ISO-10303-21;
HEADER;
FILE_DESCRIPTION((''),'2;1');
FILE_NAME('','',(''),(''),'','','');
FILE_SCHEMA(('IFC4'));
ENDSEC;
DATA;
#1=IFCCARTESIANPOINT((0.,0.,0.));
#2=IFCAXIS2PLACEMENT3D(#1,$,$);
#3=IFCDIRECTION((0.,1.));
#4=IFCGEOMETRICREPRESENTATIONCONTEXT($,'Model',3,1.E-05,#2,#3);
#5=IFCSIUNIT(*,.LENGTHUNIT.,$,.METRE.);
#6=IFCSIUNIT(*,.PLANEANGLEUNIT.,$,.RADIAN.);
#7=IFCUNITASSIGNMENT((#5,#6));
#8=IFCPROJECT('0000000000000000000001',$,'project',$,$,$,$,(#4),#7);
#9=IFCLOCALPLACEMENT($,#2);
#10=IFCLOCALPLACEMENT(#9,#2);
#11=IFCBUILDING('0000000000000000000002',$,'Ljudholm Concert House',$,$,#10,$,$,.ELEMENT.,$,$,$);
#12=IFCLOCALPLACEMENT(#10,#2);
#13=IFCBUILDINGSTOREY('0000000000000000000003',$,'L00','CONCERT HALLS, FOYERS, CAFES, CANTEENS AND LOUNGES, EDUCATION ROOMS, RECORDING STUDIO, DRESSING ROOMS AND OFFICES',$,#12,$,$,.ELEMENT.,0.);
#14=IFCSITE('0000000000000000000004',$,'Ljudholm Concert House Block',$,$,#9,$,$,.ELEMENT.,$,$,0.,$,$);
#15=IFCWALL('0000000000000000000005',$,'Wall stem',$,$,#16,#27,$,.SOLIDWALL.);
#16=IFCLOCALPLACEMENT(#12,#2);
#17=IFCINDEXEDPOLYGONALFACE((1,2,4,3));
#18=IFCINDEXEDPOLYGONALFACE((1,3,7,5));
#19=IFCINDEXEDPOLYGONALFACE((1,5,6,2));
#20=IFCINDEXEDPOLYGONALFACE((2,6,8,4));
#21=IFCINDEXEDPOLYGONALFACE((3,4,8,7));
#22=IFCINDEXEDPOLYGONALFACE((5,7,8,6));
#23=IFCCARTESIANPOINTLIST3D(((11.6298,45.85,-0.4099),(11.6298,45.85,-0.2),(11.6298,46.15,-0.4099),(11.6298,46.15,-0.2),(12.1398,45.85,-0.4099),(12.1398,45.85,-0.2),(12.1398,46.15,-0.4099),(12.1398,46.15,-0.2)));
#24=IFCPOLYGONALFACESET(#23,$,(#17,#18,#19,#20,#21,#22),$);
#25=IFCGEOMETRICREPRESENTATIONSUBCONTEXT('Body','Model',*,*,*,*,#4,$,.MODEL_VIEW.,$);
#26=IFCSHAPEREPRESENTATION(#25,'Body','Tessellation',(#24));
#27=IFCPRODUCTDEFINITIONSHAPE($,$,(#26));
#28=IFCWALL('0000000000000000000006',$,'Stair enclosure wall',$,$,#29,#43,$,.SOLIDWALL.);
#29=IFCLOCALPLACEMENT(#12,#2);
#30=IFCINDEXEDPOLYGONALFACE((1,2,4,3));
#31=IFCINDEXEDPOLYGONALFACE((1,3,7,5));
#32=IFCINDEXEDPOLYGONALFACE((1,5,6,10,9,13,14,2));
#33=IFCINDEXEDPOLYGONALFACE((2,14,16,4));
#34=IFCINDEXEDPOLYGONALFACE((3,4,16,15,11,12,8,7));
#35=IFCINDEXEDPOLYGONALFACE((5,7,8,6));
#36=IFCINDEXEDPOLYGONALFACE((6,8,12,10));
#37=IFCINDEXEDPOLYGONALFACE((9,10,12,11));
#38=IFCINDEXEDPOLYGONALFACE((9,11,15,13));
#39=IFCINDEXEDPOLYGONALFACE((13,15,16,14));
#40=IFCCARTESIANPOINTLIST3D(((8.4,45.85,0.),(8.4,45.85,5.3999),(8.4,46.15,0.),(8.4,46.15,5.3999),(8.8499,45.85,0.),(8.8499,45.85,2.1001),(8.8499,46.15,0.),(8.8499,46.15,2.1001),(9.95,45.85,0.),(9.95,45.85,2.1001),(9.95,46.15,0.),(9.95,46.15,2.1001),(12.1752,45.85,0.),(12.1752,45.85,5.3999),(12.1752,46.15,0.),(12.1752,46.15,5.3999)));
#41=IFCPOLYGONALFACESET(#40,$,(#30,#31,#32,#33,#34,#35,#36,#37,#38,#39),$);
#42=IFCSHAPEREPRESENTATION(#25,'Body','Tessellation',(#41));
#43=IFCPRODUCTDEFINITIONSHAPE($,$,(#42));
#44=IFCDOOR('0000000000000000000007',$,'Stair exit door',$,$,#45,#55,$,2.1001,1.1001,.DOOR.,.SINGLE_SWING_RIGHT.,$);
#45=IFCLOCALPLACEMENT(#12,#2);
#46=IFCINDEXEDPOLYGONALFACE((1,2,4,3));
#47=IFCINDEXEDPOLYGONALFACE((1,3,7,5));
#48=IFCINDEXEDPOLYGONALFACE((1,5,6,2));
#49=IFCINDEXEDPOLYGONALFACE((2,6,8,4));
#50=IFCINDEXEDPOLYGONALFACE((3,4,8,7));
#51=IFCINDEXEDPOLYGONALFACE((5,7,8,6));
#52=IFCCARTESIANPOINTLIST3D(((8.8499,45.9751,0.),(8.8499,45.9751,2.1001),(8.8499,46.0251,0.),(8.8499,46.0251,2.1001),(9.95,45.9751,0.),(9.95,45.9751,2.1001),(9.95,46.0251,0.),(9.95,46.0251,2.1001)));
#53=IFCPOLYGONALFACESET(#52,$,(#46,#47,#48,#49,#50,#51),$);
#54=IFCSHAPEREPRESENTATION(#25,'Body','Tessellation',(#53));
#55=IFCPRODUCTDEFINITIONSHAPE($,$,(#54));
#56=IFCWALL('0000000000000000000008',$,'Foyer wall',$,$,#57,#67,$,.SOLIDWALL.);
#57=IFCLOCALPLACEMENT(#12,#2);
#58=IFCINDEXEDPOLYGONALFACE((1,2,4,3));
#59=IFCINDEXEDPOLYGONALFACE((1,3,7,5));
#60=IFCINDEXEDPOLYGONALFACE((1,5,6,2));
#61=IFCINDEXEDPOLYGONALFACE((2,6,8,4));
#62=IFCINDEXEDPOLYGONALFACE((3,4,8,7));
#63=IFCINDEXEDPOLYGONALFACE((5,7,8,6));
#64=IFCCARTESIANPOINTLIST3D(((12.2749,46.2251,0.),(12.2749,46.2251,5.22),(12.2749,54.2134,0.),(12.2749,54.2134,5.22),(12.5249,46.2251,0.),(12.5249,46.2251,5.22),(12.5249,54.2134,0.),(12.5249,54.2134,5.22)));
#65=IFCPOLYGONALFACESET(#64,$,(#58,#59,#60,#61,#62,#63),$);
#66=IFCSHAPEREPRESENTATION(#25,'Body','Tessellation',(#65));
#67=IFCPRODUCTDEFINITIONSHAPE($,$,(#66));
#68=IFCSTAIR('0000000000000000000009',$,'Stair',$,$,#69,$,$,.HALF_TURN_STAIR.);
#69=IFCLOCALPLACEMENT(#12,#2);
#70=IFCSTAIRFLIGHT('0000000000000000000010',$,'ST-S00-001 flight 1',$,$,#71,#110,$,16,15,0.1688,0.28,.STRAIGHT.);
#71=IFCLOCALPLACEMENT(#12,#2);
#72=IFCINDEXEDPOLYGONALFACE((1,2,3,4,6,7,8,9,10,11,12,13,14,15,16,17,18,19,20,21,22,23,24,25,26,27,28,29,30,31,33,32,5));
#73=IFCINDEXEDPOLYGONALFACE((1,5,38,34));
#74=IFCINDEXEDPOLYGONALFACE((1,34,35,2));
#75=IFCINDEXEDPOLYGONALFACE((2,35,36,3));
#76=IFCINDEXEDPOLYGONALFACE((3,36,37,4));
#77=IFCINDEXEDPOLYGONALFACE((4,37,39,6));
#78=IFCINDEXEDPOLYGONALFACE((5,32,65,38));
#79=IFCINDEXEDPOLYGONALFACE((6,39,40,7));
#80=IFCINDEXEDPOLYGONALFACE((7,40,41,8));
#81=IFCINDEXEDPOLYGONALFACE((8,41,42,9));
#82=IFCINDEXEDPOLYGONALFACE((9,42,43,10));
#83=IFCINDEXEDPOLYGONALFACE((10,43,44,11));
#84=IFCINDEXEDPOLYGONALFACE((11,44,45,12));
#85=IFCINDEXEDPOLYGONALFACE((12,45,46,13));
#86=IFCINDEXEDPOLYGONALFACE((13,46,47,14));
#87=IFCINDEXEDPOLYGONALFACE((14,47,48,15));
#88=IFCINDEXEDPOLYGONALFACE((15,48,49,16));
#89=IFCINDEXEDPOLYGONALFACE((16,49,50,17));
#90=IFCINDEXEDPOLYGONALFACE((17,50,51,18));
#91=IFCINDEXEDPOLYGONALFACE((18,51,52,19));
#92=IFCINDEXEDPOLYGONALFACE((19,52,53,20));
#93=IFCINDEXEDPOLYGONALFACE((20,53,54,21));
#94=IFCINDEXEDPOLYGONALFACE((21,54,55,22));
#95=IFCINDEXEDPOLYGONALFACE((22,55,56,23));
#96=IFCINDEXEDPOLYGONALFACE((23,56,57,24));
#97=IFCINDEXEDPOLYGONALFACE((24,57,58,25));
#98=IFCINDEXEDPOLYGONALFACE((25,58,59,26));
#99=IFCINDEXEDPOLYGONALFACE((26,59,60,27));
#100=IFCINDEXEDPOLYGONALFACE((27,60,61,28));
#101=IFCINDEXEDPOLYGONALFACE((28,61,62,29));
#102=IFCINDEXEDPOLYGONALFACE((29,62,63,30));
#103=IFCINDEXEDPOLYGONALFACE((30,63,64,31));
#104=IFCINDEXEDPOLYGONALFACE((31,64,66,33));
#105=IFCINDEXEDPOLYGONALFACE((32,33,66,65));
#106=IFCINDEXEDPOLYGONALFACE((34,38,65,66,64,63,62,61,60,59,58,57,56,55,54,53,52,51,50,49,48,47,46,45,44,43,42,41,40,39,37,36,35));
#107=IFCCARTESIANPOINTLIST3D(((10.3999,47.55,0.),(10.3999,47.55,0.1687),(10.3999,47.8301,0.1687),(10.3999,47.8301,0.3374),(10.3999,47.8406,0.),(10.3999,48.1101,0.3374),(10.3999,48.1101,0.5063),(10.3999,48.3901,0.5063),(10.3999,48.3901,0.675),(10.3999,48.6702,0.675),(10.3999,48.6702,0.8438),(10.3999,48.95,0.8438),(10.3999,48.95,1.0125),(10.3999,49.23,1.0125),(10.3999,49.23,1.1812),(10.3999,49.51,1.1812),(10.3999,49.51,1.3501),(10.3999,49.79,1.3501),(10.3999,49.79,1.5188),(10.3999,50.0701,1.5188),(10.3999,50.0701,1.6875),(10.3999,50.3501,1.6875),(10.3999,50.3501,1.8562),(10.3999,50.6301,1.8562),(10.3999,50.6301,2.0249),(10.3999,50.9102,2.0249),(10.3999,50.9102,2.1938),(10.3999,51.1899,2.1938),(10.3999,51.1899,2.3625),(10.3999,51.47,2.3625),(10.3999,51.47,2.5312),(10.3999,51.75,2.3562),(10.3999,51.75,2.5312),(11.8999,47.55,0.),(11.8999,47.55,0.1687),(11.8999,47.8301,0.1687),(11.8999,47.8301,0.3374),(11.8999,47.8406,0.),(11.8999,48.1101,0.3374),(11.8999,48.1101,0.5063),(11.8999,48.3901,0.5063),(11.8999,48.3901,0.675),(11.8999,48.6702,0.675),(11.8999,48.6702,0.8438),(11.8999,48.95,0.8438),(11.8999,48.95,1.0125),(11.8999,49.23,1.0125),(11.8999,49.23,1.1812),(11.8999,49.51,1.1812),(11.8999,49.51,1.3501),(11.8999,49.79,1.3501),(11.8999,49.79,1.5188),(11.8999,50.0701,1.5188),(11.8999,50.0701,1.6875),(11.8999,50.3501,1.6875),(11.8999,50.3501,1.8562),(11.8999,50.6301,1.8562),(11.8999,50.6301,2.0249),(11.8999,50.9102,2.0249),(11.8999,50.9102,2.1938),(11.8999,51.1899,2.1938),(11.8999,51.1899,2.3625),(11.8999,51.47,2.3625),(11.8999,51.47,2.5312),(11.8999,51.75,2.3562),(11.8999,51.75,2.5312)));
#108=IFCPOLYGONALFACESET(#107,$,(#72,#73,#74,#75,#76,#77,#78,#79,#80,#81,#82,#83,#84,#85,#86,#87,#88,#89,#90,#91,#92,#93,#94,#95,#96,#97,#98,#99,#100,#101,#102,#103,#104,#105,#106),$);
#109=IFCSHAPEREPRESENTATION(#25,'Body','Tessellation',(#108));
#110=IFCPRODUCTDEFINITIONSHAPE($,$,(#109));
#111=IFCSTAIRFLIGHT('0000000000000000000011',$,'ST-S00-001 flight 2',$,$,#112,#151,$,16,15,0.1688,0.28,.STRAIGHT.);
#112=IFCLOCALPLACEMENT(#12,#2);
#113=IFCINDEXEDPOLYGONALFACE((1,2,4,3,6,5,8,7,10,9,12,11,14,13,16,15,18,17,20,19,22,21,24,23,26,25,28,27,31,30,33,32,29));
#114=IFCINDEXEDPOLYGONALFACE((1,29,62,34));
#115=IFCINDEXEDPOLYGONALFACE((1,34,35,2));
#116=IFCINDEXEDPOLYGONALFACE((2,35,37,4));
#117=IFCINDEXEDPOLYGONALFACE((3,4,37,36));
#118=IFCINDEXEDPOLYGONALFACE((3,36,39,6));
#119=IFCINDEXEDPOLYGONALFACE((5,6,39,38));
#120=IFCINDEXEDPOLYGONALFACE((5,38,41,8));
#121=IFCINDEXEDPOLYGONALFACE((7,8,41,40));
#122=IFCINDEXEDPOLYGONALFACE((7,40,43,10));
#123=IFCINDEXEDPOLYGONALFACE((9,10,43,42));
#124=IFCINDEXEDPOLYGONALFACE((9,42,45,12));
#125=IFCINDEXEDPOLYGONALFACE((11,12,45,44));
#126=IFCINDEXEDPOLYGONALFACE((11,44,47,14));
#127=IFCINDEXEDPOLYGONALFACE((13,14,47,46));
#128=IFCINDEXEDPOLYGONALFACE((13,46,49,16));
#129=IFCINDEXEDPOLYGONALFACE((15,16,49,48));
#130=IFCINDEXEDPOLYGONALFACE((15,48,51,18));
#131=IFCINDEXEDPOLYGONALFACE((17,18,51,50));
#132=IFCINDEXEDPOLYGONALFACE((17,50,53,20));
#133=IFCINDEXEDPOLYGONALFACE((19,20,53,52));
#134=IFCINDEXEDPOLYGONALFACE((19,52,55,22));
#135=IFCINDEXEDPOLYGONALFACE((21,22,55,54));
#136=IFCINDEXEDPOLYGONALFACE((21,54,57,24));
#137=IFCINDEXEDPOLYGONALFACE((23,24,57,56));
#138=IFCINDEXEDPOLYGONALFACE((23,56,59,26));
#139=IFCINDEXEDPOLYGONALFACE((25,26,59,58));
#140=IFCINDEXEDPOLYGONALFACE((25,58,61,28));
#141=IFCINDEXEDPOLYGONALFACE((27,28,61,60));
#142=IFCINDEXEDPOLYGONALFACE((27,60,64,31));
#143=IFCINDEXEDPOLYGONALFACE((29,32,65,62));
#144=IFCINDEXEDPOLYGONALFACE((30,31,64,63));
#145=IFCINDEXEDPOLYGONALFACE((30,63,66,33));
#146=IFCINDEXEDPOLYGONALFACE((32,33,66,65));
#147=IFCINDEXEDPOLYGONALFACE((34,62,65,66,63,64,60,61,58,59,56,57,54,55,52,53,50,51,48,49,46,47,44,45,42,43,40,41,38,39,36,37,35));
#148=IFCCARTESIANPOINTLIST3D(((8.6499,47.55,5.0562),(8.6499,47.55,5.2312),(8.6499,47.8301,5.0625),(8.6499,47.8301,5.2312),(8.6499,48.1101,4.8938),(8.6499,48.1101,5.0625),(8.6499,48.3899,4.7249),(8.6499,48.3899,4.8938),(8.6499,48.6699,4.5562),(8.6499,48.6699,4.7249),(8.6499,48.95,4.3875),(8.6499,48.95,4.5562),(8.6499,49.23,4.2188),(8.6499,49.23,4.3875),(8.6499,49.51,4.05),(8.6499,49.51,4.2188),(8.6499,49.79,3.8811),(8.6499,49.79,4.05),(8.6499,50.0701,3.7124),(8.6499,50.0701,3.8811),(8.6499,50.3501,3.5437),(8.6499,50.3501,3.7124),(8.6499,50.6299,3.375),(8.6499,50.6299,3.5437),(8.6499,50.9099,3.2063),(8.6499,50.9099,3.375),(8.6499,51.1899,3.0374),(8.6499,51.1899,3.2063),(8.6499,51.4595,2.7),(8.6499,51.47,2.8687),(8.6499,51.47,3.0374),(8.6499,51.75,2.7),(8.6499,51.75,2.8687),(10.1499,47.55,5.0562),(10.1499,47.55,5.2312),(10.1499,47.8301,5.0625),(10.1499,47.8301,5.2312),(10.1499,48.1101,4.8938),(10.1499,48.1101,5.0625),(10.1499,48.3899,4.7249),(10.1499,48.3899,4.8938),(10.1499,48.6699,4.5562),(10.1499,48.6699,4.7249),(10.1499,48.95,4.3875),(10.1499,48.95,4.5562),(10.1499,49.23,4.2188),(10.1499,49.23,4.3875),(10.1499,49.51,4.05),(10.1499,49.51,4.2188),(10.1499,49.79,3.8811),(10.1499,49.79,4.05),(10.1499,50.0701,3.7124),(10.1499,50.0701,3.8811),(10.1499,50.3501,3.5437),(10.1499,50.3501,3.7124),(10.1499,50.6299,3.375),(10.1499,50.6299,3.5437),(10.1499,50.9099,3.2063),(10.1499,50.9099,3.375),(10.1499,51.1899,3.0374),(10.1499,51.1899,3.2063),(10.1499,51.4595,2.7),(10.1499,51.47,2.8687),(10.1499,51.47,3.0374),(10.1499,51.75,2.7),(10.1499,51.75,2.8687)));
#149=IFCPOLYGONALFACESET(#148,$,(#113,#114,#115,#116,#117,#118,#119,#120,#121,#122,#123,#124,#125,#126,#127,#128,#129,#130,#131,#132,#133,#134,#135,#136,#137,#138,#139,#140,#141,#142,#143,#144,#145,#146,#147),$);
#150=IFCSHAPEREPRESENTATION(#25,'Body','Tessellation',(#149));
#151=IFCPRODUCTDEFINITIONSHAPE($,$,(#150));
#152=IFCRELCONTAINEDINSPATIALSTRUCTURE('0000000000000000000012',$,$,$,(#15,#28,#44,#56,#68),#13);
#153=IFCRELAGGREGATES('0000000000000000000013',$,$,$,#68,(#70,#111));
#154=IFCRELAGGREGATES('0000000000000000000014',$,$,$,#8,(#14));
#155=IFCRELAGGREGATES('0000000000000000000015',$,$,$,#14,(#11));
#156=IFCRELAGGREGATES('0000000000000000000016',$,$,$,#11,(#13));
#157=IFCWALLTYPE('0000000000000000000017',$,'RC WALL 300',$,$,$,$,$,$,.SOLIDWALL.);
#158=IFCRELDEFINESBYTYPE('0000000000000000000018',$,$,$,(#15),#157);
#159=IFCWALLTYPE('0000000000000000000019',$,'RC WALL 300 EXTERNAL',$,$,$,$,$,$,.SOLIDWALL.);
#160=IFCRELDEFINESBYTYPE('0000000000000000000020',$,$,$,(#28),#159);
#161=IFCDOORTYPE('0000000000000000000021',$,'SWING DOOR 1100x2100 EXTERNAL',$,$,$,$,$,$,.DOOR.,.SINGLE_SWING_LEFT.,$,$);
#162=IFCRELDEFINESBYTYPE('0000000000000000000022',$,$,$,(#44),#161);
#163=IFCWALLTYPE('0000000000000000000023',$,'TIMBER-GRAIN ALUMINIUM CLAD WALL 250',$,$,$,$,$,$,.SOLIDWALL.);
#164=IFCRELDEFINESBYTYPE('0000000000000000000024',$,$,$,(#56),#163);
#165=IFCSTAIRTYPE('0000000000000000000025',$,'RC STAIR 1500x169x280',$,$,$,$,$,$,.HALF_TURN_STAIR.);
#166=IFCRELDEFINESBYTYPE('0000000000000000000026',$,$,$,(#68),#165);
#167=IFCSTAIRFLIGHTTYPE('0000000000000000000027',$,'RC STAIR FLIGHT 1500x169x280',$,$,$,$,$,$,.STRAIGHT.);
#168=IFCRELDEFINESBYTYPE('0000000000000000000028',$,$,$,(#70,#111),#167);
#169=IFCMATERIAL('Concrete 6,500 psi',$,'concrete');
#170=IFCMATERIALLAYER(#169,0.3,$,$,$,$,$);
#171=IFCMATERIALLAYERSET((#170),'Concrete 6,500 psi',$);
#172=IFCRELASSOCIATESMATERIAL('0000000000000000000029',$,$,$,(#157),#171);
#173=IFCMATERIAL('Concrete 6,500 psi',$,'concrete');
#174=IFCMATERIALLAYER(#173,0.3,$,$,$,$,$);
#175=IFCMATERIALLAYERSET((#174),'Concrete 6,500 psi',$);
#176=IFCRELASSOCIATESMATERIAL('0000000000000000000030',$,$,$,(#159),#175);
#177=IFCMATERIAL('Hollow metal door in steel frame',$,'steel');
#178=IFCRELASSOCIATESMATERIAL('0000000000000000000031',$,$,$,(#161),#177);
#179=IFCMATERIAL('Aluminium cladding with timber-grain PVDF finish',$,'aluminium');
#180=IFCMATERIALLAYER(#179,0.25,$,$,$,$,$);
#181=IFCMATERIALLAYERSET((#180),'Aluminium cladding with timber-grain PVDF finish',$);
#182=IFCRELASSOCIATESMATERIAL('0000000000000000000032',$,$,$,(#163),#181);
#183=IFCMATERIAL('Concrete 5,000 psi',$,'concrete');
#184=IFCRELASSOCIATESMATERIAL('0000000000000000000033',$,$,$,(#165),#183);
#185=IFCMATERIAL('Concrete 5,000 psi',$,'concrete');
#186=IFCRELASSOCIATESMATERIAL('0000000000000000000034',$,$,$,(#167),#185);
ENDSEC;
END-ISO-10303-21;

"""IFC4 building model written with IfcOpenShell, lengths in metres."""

from ifc_helpers import new_model, si_unit, direction, frame, frame_2d, origin, place, context, subcontext, project, spatial, polyline, rectangle, outline, extrude, material, layer, layer_set, type_object, element, fill, aggregate, save


model = new_model("IFC4")

# Units and contexts
model_context = context("Model", 3, precision=1e-05, world=origin(), true_north=direction((0.0, 1.0)))
body_context = subcontext(model_context, "Body", "Model", "MODEL_VIEW")
ifc_project = project(units=[si_unit("LENGTHUNIT", "METRE"), si_unit("PLANEANGLEUNIT", "RADIAN")], contexts=[model_context])

# Site, building, storey
site_placement = place(None, origin())
site = spatial("IfcSite", under=ifc_project, at=site_placement, Name="Ljudholm Concert House Block", CompositionType="ELEMENT", RefElevation=0.0)
building_placement = place(site_placement, origin())
building = spatial("IfcBuilding", under=site, at=building_placement, Name="Ljudholm Concert House", CompositionType="ELEMENT")
storey_placement = place(building_placement, origin())
storey = spatial("IfcBuildingStorey", under=building, at=storey_placement, Name="L00", Description="CONCERT HALLS, FOYERS, CAFES, CANTEENS AND LOUNGES, EDUCATION ROOMS, RECORDING STUDIO, DRESSING ROOMS AND OFFICES", CompositionType="ELEMENT", Elevation=0.0)

# Wall
ifc_material_1 = material(Name="Concrete 6,500 psi", Category="concrete")
ifc_layer_1 = layer(ifc_material_1, 0.3)
ifc_layer_set_1 = layer_set([ifc_layer_1], Name="Concrete 6,500 psi")
wall_type_1 = type_object("IfcWallType", Name="RC WALL 300", PredefinedType="SOLIDWALL", material=ifc_layer_set_1)
wall_1_placement = place(storey_placement, frame((11.6299, 46.0, -0.4099), z_axis=(0.0, 0.0, 1.0), x_axis=(1.0, 0.0, 0.0)))
element("IfcWall", 1, at=wall_1_placement, inside=storey, type_object=wall_type_1, Name="Wall stem", PredefinedType="SOLIDWALL", context=body_context, shape_type="SweptSolid", body=[
    extrude(rectangle(XDim=0.51, YDim=0.3, at=frame_2d((0.2549, 0.0))), origin(), (0.0, 0.0, 1.0), 0.21),
])

# Wall, opening, door
ifc_material_2 = material(Name="Concrete 6,500 psi", Category="concrete")
ifc_layer_2 = layer(ifc_material_2, 0.3)
ifc_layer_set_2 = layer_set([ifc_layer_2], Name="Concrete 6,500 psi")
wall_type_2 = type_object("IfcWallType", Name="RC WALL 300 EXTERNAL", PredefinedType="SOLIDWALL", material=ifc_layer_set_2)
wall_2_placement = place(storey_placement, frame((8.3999, 46.0, 0.0), z_axis=(0.0, 0.0, 1.0), x_axis=(1.0, 0.0, 0.0)))
wall_2 = element("IfcWall", 2, at=wall_2_placement, inside=storey, type_object=wall_type_2, Name="Stair enclosure wall", PredefinedType="SOLIDWALL", context=body_context, shape_type="SweptSolid", body=[
    extrude(rectangle(XDim=3.7751, YDim=0.3, at=frame_2d((1.8877, 0.0))), origin(), (0.0, 0.0, 1.0), 5.3999),
])
opening_1_placement = place(wall_2_placement, frame((0.45, 0.0, 0.0)))
opening_1 = element("IfcOpeningElement", 3, at=opening_1_placement, cuts=wall_2, PredefinedType="OPENING", context=body_context, shape_type="SweptSolid", body=[
    extrude(rectangle(XDim=1.1001, YDim=2.1001, at=frame_2d((0.55, 1.05))), frame((0.0, 0.1599, 0.0), z_axis=(0.0, -1.0, 0.0), x_axis=(1.0, 0.0, 0.0)), (0.0, 0.0, 1.0), 0.3201),
])
ifc_material_3 = material(Name="Hollow metal door in steel frame", Category="steel")
door_type_1 = type_object("IfcDoorType", Name="SWING DOOR 1100x2100 EXTERNAL", OperationType="SINGLE_SWING_LEFT", PredefinedType="DOOR", material=ifc_material_3)
door_1_placement = place(opening_1_placement, frame((1.1001, 0.0, 0.0), z_axis=(0.0, 0.0, 1.0), x_axis=(-1.0, 0.0, 0.0)))
door_1 = element("IfcDoor", 4, at=door_1_placement, inside=storey, type_object=door_type_1, Name="Stair exit door", OperationType="SINGLE_SWING_RIGHT", OverallHeight=2.1001, OverallWidth=1.1001, PredefinedType="DOOR", context=body_context, shape_type="SweptSolid", body=[
    extrude(rectangle(XDim=1.1001, YDim=2.1001, at=frame_2d((0.55, 1.05))), frame((0.0, 0.0249, 0.0), z_axis=(0.0, -1.0, 0.0), x_axis=(1.0, 0.0, 0.0)), (0.0, 0.0, 1.0), 0.05),
])
fill(opening_1, door_1)

# Wall
ifc_material_4 = material(Name="Aluminium cladding with timber-grain PVDF finish", Category="aluminium")
ifc_layer_3 = layer(ifc_material_4, 0.25)
ifc_layer_set_3 = layer_set([ifc_layer_3], Name="Aluminium cladding with timber-grain PVDF finish")
wall_type_3 = type_object("IfcWallType", Name="TIMBER-GRAIN ALUMINIUM CLAD WALL 250", PredefinedType="SOLIDWALL", material=ifc_layer_set_3)
wall_3_placement = place(storey_placement, frame((12.3999, 46.2251, 0.0), z_axis=(0.0, 0.0, 1.0), x_axis=(0.0, 1.0, 0.0)))
element("IfcWall", 5, at=wall_3_placement, inside=storey, type_object=wall_type_3, Name="Foyer wall", PredefinedType="SOLIDWALL", context=body_context, shape_type="SweptSolid", body=[
    extrude(rectangle(XDim=7.9883, YDim=0.25, at=frame_2d((3.9941, 0.0))), origin(), (0.0, 0.0, 1.0), 5.22),
])

# Stair, stair flights
ifc_material_5 = material(Name="Concrete 5,000 psi", Category="concrete")
stair_type = type_object("IfcStairType", Name="RC STAIR 1500x169x280", PredefinedType="HALF_TURN_STAIR", material=ifc_material_5)
stair_placement = place(storey_placement, origin())
stair = element("IfcStair", 6, at=stair_placement, inside=storey, type_object=stair_type, Name="Stair", PredefinedType="HALF_TURN_STAIR")
ifc_material_6 = material(Name="Concrete 5,000 psi", Category="concrete")
stair_flight_type = type_object("IfcStairFlightType", Name="RC STAIR FLIGHT 1500x169x280", PredefinedType="STRAIGHT", material=ifc_material_6)
stair_flight_1_placement = place(storey_placement, frame((11.1499, 47.55, 0.0), z_axis=(0.0, 0.0, 1.0), x_axis=(0.0, 1.0, 0.0)))
stair_flight_1 = element("IfcStairFlight", 7, at=stair_flight_1_placement, type_object=stair_flight_type, Name="ST-S00-001 flight 1", NumberOfRisers=16, NumberOfTreads=15, PredefinedType="STRAIGHT", RiserHeight=0.1688, TreadLength=0.28, context=body_context, shape_type="SweptSolid", body=[
    extrude(outline(polyline([(0.0, 0.0), (0.0, 0.1687), (0.28, 0.1687), (0.28, 0.3374), (0.5601, 0.3374), (0.5601, 0.5063), (0.8401, 0.5063), (0.8401, 0.675), (1.1201, 0.675), (1.1201, 0.8438), (1.3999, 0.8438), (1.3999, 1.0125), (1.6799, 1.0125), (1.6799, 1.1812), (1.96, 1.1812), (1.96, 1.3501), (2.24, 1.3501), (2.24, 1.5188), (2.52, 1.5188), (2.52, 1.6875), (2.8, 1.6875), (2.8, 1.8562), (3.0801, 1.8562), (3.0801, 2.0249), (3.3601, 2.0249), (3.3601, 2.1938), (3.6399, 2.1938), (3.6399, 2.3625), (3.9199, 2.3625), (3.9199, 2.5312), (4.2, 2.5312), (4.2, 2.7), (4.2, 2.3562), (0.2905, 0.0), (0.0, 0.0)])), frame((0.0, 0.75, 0.0), z_axis=(0.0, -1.0, 0.0), x_axis=(1.0, 0.0, 0.0)), (0.0, 0.0, 1.0), 1.5),
])
stair_flight_2_placement = place(storey_placement, frame((9.3999, 51.75, 2.7), z_axis=(0.0, 0.0, 1.0), x_axis=(0.0, -1.0, 0.0)))
stair_flight_2 = element("IfcStairFlight", 8, at=stair_flight_2_placement, type_object=stair_flight_type, Name="ST-S00-001 flight 2", NumberOfRisers=16, NumberOfTreads=15, PredefinedType="STRAIGHT", RiserHeight=0.1688, TreadLength=0.28, context=body_context, shape_type="SweptSolid", body=[
    extrude(outline(polyline([(0.0, 0.0), (0.0, 0.1687), (0.28, 0.1687), (0.28, 0.3374), (0.5601, 0.3374), (0.5601, 0.5063), (0.8401, 0.5063), (0.8401, 0.675), (1.1201, 0.675), (1.1201, 0.8438), (1.3999, 0.8438), (1.3999, 1.0125), (1.6799, 1.0125), (1.6799, 1.1812), (1.96, 1.1812), (1.96, 1.3501), (2.24, 1.3501), (2.24, 1.5188), (2.52, 1.5188), (2.52, 1.6875), (2.8, 1.6875), (2.8, 1.8562), (3.0801, 1.8562), (3.0801, 2.0249), (3.3601, 2.0249), (3.3601, 2.1938), (3.6399, 2.1938), (3.6399, 2.3625), (3.9199, 2.3625), (3.9199, 2.5312), (4.2, 2.5312), (4.2, 2.7), (4.2, 2.3562), (0.2905, 0.0), (0.0, 0.0)])), frame((0.0, 0.75, 0.0), z_axis=(0.0, -1.0, 0.0), x_axis=(1.0, 0.0, 0.0)), (0.0, 0.0, 1.0), 1.5),
])
aggregate(stair, [stair_flight_1, stair_flight_2])

save(model, "model.ifc")
